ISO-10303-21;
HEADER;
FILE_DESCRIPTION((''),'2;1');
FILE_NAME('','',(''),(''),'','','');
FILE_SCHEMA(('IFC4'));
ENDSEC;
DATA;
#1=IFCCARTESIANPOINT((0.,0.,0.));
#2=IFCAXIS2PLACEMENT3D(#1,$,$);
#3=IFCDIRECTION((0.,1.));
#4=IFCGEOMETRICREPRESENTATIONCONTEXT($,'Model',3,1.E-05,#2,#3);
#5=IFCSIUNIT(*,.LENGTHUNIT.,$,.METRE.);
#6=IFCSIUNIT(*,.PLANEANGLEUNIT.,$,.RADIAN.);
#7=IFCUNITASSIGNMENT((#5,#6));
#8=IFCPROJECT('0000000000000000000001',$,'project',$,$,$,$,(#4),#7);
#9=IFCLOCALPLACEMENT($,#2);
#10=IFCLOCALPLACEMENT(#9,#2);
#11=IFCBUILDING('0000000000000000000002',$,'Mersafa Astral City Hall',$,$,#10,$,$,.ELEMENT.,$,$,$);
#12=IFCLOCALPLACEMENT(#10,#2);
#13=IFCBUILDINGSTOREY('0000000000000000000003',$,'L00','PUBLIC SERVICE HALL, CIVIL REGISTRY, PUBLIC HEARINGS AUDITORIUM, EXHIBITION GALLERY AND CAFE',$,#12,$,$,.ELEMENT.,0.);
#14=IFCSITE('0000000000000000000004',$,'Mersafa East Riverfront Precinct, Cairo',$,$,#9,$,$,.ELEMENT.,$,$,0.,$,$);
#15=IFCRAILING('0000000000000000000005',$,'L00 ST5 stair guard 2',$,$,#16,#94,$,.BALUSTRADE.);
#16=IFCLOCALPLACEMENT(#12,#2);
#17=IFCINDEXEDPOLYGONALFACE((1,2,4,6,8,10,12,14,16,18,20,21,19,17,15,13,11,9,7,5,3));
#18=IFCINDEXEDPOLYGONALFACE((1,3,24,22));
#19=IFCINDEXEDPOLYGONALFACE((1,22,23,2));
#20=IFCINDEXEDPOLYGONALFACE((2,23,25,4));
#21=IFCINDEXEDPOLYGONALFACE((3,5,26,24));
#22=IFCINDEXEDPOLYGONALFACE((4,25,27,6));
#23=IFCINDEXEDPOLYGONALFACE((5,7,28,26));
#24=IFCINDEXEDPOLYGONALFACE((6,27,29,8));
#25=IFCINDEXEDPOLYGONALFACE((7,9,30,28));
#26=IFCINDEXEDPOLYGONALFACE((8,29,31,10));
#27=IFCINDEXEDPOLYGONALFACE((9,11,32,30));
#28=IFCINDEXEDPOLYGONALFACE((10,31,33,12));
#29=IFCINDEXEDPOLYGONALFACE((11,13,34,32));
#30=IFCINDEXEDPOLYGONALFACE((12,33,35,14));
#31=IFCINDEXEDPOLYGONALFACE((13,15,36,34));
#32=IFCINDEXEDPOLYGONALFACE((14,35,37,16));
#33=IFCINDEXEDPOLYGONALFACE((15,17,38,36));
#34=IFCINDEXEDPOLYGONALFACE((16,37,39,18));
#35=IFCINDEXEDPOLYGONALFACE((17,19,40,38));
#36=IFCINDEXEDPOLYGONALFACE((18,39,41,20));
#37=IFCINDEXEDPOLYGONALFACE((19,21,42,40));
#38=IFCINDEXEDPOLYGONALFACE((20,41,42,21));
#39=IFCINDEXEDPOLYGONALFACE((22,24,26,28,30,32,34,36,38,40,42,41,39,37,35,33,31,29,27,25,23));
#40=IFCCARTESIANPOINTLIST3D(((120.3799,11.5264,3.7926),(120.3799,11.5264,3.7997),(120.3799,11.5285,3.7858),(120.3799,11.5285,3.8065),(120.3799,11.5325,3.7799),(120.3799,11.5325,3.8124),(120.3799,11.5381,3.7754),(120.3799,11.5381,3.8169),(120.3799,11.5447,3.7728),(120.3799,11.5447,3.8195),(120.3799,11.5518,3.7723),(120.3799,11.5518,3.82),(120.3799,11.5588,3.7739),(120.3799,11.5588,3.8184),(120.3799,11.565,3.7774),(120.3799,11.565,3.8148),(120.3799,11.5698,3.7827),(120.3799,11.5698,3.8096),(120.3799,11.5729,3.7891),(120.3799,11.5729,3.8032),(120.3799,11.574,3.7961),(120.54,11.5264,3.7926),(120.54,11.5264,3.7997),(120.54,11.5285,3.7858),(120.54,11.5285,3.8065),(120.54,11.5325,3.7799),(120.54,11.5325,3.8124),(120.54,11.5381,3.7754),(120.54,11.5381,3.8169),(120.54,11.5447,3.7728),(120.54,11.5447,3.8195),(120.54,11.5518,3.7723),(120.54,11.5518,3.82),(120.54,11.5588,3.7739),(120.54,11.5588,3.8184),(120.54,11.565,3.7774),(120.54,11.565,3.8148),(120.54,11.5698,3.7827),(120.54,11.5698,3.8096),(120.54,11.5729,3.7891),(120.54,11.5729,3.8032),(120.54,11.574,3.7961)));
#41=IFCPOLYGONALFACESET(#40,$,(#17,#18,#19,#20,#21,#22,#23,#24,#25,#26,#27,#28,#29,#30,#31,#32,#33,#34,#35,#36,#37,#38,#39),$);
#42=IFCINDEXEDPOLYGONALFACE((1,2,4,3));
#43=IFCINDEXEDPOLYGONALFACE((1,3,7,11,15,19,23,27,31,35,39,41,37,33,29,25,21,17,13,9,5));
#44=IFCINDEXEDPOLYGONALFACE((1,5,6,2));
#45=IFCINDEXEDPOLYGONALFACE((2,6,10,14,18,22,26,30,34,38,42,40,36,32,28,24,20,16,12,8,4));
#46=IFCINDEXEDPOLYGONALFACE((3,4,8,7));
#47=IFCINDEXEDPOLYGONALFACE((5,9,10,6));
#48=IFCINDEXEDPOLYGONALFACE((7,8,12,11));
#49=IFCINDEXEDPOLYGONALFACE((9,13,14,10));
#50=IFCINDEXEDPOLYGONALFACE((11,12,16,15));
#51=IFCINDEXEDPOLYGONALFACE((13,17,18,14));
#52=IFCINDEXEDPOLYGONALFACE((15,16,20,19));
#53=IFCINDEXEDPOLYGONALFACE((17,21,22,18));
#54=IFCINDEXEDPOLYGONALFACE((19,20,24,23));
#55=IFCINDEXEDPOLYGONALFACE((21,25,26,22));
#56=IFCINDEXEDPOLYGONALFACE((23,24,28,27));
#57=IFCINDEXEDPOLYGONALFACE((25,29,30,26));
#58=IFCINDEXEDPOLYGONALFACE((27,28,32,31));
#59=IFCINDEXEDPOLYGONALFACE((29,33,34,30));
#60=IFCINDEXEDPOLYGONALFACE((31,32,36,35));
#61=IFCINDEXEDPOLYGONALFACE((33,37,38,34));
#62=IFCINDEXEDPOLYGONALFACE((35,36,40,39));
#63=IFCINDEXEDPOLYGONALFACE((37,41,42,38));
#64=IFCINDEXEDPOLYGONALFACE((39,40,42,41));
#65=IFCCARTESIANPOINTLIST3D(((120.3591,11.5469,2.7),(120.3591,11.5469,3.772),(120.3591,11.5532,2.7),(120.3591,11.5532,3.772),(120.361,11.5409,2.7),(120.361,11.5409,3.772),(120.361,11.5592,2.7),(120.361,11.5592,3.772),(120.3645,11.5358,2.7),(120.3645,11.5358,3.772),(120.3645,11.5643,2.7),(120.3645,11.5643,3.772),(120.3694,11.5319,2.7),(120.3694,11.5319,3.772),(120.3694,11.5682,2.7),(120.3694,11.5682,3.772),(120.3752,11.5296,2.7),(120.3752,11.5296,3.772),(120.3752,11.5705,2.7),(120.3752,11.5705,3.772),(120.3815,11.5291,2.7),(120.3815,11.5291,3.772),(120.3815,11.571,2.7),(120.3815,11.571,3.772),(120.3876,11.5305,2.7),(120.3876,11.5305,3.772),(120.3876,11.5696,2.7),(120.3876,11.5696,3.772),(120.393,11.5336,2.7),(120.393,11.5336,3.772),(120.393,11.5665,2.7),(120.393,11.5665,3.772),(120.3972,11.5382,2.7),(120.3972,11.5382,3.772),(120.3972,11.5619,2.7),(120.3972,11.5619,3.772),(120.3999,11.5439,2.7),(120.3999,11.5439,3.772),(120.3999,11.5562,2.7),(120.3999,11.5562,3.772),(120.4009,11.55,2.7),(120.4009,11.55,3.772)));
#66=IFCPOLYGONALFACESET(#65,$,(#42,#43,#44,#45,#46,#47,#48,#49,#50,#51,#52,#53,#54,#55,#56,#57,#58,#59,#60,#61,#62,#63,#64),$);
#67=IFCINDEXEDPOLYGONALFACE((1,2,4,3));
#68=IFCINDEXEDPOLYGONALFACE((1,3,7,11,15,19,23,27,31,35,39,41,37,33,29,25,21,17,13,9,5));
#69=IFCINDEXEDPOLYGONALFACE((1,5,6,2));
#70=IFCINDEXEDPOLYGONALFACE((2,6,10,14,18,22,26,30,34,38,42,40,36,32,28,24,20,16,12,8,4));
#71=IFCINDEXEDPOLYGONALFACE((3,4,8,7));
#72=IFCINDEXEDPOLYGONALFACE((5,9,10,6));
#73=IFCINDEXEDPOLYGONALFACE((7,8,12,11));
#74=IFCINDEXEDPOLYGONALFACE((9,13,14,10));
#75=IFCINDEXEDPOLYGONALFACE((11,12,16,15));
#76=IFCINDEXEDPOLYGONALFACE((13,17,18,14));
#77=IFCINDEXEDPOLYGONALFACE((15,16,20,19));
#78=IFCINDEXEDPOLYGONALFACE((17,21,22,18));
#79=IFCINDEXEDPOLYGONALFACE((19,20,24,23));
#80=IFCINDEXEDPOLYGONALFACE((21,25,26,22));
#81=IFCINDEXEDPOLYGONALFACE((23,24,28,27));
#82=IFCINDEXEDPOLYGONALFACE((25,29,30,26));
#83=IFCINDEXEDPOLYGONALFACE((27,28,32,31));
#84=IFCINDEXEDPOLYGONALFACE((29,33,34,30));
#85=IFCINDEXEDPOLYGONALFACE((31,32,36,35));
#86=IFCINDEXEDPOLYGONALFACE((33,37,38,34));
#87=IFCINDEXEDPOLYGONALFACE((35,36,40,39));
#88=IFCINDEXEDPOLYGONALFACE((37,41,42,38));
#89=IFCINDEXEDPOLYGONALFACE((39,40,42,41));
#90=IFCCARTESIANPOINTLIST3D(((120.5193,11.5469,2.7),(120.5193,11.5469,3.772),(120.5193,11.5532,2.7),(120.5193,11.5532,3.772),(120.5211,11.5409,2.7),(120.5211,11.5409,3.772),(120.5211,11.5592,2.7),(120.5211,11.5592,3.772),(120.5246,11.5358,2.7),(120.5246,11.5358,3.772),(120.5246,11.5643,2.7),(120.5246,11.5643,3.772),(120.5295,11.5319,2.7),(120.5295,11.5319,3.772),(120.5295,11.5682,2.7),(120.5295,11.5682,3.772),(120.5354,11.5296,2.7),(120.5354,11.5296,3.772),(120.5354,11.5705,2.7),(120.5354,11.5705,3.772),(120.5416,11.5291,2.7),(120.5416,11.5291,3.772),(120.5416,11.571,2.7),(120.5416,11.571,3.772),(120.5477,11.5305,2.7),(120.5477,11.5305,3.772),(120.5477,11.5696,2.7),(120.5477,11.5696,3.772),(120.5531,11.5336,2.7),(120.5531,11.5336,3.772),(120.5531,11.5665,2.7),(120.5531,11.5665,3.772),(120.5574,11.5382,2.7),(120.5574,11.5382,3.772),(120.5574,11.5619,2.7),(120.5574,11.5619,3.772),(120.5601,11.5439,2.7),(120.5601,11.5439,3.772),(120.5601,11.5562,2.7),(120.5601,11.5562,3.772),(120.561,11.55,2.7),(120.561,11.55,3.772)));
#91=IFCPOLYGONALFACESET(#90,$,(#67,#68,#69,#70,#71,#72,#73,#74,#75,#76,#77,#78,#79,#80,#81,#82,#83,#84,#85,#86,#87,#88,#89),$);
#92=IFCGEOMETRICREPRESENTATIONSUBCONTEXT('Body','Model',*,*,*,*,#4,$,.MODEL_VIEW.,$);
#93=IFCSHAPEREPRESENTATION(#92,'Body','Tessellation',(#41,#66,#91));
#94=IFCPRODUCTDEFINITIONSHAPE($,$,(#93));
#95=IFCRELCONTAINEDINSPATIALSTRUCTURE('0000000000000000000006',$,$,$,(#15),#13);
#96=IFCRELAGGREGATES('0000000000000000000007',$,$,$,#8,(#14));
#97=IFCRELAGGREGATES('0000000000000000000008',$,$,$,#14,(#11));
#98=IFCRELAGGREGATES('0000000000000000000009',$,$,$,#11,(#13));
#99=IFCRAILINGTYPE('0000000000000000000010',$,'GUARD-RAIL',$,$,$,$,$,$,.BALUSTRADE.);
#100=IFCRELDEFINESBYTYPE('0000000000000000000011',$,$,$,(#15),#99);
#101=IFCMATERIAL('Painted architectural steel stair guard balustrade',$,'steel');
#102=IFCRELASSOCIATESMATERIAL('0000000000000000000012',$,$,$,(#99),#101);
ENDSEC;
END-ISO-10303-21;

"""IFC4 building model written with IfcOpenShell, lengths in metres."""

from ifc_helpers import new_model, si_unit, direction, frame, origin, origin_2d, place, context, subcontext, project, spatial, circle, extrude, material, type_object, element, save


model = new_model("IFC4")

# Units and contexts
model_context = context("Model", 3, precision=1e-05, world=origin(), true_north=direction((0.0, 1.0)))
body_context = subcontext(model_context, "Body", "Model", "MODEL_VIEW")
ifc_project = project(units=[si_unit("LENGTHUNIT", "METRE"), si_unit("PLANEANGLEUNIT", "RADIAN")], contexts=[model_context])

# Site, building, storey
site_placement = place(None, origin())
site = spatial("IfcSite", under=ifc_project, at=site_placement, Name="Mersafa East Riverfront Precinct, Cairo", CompositionType="ELEMENT", RefElevation=0.0)
building_placement = place(site_placement, origin())
building = spatial("IfcBuilding", under=site, at=building_placement, Name="Mersafa Astral City Hall", CompositionType="ELEMENT")
storey_placement = place(building_placement, origin())
storey = spatial("IfcBuildingStorey", under=building, at=storey_placement, Name="L00", Description="PUBLIC SERVICE HALL, CIVIL REGISTRY, PUBLIC HEARINGS AUDITORIUM, EXHIBITION GALLERY AND CAFE", CompositionType="ELEMENT", Elevation=0.0)

# Railing
ifc_material_1 = material(Name="Painted architectural steel stair guard balustrade", Category="steel")
railing_type_1 = type_object("IfcRailingType", Name="GUARD-RAIL", PredefinedType="BALUSTRADE", material=ifc_material_1)
railing_1_placement = place(storey_placement, frame((120.3799, 11.55, 2.7)))
element("IfcRailing", 1, at=railing_1_placement, inside=storey, type_object=railing_type_1, Name="L00 ST5 stair guard 2", PredefinedType="BALUSTRADE", context=body_context, shape_type="SweptSolid", body=[
    extrude(circle(Radius=0.0239, at=origin_2d()), frame((0.0, 0.0, 1.0962), z_axis=(1.0, 0.0, 0.0), x_axis=(0.0, 1.0, 0.0)), (0.0, 0.0, 1.0), 0.1602),
    extrude(circle(Radius=0.021, at=origin_2d()), origin(), (0.0, 0.0, 1.0), 1.072),
    extrude(circle(Radius=0.021, at=origin_2d()), frame((0.1602, 0.0, 0.0)), (0.0, 0.0, 1.0), 1.072),
])

save(model, "model.ifc")
